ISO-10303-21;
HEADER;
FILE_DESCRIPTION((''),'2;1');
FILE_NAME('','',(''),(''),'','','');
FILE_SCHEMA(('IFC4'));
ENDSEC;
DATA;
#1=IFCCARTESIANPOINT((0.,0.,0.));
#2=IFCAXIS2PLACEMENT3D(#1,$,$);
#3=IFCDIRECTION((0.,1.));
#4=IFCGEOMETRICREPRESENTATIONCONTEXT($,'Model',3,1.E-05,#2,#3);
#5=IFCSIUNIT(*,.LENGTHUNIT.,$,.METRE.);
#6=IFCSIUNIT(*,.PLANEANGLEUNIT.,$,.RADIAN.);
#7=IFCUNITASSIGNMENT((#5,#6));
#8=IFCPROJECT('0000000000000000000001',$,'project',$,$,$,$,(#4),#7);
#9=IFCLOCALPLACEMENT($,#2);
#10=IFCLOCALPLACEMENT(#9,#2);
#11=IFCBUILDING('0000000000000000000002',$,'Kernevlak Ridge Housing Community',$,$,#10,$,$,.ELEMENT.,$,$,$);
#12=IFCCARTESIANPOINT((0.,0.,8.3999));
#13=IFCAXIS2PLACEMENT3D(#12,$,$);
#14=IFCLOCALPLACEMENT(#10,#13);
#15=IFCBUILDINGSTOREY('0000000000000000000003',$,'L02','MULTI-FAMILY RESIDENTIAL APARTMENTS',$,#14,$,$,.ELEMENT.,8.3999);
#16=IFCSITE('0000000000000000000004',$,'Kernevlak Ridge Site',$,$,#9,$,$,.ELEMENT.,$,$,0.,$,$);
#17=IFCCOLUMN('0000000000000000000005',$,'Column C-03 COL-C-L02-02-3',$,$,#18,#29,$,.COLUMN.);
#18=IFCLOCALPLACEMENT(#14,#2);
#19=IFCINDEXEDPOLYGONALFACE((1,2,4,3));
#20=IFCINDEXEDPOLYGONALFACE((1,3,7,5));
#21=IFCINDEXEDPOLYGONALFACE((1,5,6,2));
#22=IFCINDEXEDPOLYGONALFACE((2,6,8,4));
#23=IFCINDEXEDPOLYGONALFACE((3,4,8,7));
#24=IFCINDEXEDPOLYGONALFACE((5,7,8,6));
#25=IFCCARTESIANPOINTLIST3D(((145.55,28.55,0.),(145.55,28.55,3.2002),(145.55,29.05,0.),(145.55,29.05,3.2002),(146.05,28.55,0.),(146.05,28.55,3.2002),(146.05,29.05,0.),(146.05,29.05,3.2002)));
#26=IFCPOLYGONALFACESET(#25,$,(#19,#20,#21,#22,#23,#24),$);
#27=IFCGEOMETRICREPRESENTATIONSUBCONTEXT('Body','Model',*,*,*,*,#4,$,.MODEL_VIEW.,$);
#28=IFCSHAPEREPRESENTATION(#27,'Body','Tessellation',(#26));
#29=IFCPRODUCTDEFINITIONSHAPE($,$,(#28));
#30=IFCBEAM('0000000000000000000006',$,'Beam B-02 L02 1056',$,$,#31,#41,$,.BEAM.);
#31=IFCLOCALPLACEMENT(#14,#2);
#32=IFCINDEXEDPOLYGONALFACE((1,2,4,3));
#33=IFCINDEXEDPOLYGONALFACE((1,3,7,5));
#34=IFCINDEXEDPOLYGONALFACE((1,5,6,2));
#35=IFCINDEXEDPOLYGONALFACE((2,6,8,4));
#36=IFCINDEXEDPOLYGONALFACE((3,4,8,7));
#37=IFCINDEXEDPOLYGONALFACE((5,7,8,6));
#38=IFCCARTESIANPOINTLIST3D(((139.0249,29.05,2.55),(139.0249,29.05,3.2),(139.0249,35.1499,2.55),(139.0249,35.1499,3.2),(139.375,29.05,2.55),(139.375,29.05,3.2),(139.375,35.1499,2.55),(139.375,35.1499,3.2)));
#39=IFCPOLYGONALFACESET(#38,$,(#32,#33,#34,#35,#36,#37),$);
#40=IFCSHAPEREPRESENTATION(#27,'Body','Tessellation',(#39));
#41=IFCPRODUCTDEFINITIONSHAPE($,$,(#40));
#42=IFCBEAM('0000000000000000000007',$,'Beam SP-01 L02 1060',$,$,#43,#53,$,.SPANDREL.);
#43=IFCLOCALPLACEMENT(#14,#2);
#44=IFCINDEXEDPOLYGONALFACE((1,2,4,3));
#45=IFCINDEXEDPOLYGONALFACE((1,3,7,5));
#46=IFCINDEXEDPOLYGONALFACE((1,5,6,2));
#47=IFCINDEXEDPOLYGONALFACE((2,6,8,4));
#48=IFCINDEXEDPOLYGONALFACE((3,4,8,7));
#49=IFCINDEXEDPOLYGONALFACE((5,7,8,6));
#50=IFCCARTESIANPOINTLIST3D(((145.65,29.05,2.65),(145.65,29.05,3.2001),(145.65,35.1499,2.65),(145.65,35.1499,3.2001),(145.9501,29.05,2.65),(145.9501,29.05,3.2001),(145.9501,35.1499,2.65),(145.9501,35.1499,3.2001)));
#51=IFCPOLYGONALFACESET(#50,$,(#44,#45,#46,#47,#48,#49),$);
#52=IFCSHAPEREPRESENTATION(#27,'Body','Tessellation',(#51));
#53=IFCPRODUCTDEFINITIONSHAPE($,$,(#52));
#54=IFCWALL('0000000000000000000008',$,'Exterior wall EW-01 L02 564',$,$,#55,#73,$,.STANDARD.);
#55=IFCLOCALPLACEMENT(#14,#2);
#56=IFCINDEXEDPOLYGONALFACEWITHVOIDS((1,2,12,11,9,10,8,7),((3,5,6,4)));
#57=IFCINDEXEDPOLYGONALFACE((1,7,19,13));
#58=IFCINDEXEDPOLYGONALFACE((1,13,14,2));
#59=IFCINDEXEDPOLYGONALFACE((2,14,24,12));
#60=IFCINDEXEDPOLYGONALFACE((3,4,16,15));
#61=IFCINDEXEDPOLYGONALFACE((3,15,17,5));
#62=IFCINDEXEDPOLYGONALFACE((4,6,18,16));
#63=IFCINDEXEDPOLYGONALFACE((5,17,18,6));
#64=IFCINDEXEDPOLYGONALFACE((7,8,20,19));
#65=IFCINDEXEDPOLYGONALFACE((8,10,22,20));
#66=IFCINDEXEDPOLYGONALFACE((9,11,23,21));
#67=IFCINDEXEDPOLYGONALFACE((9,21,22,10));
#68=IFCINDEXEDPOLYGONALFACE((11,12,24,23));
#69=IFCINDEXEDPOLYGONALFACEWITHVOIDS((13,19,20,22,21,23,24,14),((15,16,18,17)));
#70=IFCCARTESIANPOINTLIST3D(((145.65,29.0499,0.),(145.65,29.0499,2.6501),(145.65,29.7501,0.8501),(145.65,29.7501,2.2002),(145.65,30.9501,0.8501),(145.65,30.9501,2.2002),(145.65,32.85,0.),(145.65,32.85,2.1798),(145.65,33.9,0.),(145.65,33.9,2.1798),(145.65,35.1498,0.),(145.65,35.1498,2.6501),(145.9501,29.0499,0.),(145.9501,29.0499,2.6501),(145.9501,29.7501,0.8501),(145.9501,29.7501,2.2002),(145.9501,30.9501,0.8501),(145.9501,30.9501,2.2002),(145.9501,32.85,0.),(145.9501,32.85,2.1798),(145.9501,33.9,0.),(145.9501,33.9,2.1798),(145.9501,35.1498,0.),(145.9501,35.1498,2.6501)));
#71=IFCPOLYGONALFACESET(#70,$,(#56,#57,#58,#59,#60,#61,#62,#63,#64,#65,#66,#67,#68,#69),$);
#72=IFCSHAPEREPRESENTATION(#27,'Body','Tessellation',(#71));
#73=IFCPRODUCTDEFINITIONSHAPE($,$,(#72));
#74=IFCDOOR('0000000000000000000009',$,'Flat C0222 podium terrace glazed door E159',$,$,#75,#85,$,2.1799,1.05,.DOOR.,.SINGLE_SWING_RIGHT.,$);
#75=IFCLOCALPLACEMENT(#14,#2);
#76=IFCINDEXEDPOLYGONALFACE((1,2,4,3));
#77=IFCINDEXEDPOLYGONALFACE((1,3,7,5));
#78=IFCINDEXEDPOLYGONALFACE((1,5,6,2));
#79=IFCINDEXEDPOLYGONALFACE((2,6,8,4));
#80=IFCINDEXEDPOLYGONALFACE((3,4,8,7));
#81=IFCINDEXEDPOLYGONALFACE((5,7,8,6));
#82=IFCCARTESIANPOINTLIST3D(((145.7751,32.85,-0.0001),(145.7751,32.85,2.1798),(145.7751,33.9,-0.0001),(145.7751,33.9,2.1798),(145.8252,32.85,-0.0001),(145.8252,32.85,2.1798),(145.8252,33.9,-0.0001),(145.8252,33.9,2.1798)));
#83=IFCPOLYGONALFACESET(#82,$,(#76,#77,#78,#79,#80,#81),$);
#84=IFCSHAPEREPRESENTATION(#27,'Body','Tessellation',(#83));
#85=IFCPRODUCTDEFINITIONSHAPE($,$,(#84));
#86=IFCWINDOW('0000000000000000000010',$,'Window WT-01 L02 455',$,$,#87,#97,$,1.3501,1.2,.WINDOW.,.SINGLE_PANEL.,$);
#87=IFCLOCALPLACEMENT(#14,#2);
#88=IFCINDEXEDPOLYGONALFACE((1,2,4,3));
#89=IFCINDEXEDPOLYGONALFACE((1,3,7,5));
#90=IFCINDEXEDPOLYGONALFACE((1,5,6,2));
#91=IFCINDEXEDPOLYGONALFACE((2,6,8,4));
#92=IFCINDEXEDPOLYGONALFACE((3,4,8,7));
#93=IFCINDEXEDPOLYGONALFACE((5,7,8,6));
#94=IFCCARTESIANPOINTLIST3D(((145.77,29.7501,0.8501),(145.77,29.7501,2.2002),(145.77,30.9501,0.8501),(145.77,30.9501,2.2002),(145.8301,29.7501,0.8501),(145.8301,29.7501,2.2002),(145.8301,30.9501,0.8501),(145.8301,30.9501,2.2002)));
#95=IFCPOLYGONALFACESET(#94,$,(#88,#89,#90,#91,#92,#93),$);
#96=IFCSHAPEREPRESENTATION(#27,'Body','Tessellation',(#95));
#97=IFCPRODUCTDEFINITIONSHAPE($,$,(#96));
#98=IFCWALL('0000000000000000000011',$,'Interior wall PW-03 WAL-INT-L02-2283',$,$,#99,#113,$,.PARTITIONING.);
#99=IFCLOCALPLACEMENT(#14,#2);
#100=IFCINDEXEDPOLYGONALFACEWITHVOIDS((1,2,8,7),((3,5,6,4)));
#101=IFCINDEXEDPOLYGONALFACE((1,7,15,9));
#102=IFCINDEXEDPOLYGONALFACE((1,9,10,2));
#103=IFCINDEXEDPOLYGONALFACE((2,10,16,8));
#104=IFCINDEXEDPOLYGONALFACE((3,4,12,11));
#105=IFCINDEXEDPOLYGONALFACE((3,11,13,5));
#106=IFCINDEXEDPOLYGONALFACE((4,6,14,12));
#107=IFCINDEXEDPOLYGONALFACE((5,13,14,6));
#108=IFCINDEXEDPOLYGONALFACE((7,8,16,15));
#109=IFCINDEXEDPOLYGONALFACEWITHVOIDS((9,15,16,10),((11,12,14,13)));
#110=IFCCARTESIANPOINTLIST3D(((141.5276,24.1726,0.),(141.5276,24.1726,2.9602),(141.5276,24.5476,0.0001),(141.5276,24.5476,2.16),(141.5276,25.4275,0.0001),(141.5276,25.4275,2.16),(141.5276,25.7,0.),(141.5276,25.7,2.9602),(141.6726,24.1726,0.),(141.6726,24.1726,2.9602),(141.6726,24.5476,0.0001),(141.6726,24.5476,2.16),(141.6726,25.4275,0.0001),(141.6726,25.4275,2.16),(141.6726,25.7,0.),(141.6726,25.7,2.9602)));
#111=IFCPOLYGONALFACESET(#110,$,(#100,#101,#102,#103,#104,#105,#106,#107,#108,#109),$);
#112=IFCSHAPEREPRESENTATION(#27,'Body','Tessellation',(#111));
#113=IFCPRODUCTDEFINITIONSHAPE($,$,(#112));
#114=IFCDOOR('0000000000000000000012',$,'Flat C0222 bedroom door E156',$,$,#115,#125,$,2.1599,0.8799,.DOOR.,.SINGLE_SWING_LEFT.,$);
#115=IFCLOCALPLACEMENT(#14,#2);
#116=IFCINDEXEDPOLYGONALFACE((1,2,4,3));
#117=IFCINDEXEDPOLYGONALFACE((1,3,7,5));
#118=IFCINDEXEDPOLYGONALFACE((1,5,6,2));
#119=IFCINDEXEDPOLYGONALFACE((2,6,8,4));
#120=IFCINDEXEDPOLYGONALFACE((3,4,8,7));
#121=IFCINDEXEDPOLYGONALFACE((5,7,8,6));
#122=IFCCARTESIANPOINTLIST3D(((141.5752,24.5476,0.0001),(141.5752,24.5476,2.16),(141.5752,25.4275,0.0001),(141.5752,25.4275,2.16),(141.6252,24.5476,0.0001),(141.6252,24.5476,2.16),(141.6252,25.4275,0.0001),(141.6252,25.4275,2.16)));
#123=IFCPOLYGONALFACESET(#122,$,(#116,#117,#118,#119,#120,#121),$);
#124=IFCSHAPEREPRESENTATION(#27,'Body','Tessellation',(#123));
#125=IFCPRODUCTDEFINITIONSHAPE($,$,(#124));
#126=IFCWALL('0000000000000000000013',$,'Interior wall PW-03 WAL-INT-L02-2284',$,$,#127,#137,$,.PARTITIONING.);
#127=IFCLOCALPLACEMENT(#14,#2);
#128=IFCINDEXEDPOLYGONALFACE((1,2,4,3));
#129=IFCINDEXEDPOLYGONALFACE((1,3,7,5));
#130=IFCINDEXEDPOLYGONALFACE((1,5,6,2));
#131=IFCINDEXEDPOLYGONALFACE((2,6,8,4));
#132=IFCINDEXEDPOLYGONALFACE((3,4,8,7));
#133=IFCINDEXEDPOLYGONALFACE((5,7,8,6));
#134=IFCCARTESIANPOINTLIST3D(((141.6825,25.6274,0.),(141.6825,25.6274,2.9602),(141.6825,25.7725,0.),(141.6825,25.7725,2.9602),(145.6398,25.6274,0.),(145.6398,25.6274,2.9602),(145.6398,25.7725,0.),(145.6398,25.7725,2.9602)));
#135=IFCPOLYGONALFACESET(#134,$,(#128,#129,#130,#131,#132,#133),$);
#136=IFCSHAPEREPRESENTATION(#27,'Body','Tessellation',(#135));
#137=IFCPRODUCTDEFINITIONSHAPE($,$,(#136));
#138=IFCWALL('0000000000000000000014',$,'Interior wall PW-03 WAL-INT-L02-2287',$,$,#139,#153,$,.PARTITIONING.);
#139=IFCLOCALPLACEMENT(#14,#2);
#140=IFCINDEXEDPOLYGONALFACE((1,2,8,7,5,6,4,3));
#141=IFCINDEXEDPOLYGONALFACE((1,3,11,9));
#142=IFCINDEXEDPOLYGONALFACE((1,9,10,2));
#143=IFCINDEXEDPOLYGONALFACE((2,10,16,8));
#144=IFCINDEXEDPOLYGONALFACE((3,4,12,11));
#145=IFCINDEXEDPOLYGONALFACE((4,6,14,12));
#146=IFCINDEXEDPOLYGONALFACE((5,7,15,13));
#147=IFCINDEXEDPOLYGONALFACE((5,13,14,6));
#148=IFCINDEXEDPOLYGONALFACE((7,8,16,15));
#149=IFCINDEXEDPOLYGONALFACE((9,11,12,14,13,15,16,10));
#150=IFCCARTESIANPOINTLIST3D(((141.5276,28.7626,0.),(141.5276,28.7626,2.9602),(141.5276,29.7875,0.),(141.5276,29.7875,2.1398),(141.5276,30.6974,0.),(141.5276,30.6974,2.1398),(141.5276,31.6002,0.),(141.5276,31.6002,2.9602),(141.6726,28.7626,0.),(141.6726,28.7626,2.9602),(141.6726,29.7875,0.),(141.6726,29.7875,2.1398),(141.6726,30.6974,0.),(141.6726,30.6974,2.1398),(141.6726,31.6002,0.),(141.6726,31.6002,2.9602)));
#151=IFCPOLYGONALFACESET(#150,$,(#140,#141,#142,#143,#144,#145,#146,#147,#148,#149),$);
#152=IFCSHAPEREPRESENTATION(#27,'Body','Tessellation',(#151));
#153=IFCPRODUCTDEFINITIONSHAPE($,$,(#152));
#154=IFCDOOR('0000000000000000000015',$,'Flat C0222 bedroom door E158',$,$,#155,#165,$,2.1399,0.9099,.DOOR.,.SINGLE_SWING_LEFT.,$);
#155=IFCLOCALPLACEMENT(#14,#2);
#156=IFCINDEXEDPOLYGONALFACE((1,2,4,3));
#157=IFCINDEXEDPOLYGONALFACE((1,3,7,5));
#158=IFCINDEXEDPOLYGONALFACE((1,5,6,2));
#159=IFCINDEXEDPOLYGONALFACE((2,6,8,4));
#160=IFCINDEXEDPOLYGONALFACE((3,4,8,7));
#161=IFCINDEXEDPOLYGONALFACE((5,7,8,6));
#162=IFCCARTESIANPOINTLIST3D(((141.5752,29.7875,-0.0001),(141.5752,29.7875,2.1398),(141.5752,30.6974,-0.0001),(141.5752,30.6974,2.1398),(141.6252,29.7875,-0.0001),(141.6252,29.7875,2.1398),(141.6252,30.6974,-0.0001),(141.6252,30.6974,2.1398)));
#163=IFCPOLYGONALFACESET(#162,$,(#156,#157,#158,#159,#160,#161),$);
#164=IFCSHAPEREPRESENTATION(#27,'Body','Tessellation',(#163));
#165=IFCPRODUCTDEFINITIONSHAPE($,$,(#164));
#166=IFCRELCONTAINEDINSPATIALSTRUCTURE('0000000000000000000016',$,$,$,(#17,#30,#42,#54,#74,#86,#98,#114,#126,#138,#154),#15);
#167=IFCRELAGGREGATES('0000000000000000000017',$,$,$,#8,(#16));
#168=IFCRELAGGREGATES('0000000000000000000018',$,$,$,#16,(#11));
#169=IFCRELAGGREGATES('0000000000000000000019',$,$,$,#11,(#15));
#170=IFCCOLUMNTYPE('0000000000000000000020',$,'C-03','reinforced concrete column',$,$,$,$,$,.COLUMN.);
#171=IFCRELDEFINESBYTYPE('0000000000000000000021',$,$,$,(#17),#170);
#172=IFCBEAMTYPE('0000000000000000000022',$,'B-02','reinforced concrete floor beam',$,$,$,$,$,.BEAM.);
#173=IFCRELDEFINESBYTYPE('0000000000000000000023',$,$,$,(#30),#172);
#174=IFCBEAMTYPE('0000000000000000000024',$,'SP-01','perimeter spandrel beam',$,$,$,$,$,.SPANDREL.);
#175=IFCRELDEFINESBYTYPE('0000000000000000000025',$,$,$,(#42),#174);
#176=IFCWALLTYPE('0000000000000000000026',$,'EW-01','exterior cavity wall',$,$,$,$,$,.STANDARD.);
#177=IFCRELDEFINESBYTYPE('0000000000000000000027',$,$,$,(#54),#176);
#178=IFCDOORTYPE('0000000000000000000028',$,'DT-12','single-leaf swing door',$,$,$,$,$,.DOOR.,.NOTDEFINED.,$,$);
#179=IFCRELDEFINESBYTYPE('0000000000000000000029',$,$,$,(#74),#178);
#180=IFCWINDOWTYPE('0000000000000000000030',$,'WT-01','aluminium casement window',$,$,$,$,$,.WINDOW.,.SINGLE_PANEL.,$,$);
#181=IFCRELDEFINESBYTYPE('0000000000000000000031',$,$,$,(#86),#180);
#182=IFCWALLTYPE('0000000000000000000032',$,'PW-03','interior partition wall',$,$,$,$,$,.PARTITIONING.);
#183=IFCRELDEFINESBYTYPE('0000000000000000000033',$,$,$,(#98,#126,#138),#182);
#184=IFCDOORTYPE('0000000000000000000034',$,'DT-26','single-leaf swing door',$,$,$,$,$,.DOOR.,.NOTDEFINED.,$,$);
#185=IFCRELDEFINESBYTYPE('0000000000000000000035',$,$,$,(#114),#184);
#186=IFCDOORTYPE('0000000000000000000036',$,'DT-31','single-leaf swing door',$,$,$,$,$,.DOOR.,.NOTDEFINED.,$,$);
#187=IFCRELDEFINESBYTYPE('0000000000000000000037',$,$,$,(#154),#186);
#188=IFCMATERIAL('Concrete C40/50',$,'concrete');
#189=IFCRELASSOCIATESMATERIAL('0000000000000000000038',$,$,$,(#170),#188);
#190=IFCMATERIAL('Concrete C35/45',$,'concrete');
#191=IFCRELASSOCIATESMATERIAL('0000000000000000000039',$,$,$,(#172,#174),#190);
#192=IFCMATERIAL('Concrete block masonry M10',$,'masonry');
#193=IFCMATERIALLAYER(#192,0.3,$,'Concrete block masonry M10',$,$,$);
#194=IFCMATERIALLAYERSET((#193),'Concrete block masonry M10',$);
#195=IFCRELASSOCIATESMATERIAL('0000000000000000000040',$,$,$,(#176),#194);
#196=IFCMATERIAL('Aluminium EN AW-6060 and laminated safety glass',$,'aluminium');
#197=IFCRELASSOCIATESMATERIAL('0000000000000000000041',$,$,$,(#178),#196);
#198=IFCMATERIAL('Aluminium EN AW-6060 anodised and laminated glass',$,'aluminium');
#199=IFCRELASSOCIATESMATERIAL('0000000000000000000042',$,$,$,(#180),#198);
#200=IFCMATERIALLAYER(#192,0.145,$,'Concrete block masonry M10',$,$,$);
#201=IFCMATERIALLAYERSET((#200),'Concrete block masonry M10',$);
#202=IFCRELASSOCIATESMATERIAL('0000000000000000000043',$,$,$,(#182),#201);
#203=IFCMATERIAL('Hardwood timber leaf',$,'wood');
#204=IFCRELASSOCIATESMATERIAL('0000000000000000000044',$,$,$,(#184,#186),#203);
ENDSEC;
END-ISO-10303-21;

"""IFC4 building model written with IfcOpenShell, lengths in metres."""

from ifc_helpers import new_model, si_unit, direction, frame, frame_2d, origin, origin_2d, place, context, subcontext, project, spatial, rectangle, extrude, material, layer, layer_set, material_profile, profile_set, type_object, element, fill, save


model = new_model("IFC4")

# Units and contexts
model_context = context("Model", 3, precision=1e-05, world=origin(), true_north=direction((0.0, 1.0)))
body_context = subcontext(model_context, "Body", "Model", "MODEL_VIEW")
ifc_project = project(units=[si_unit("LENGTHUNIT", "METRE"), si_unit("PLANEANGLEUNIT", "RADIAN")], contexts=[model_context])

# Site, building, storey
site_placement = place(None, origin())
site = spatial("IfcSite", under=ifc_project, at=site_placement, Name="Kernevlak Ridge Site", CompositionType="ELEMENT", RefElevation=0.0)
building_placement = place(site_placement, origin())
building = spatial("IfcBuilding", under=site, at=building_placement, Name="Kernevlak Ridge Housing Community", CompositionType="ELEMENT")
storey_placement = place(building_placement, frame((0.0, 0.0, 8.3999)))
storey = spatial("IfcBuildingStorey", under=building, at=storey_placement, Name="L02", Description="MULTI-FAMILY RESIDENTIAL APARTMENTS", CompositionType="ELEMENT", Elevation=8.3999)

# Column
ifc_material_1 = material(Name="Concrete C40/50", Category="concrete")
ifc_material_profile_1 = material_profile(ifc_material_1, rectangle(XDim=0.5, YDim=0.5, at=origin_2d()), Name="RC 500x500")
ifc_profile_set_1 = profile_set([ifc_material_profile_1], Name="Concrete C40/50")
column_type = type_object("IfcColumnType", Name="C-03", Description="reinforced concrete column", PredefinedType="COLUMN", material=ifc_profile_set_1)
column_placement = place(storey_placement, frame((145.8, 28.8, 0.0), z_axis=(0.0, 0.0, 1.0), x_axis=(1.0, 0.0, 0.0)))
element("IfcColumn", 1, at=column_placement, inside=storey, type_object=column_type, Name="Column C-03 COL-C-L02-02-3", PredefinedType="COLUMN", context=body_context, shape_type="SweptSolid", body=[
    extrude(rectangle(XDim=0.5, YDim=0.5, at=origin_2d()), origin(), (0.0, 0.0, 1.0), 3.2002),
])

# Beams
ifc_material_2 = material(Name="Concrete C35/45", Category="concrete")
ifc_material_profile_2 = material_profile(ifc_material_2, rectangle(XDim=0.3501, YDim=0.6499, at=origin_2d()), Name="RC 350x650")
ifc_profile_set_2 = profile_set([ifc_material_profile_2], Name="Concrete C35/45")
beam_type_1 = type_object("IfcBeamType", Name="B-02", Description="reinforced concrete floor beam", PredefinedType="BEAM", material=ifc_profile_set_2)
beam_1_placement = place(storey_placement, frame((139.2, 29.05, 2.875), z_axis=(0.0, 1.0, 0.0), x_axis=(-1.0, 0.0, 0.0)))
element("IfcBeam", 2, at=beam_1_placement, inside=storey, type_object=beam_type_1, Name="Beam B-02 L02 1056", PredefinedType="BEAM", context=body_context, shape_type="SweptSolid", body=[
    extrude(rectangle(XDim=0.3501, YDim=0.6499, at=origin_2d()), origin(), (0.0, 0.0, 1.0), 6.0999),
])
ifc_material_profile_3 = material_profile(ifc_material_2, rectangle(XDim=0.3, YDim=0.55, at=origin_2d()), Name="RC 300x550")
ifc_profile_set_3 = profile_set([ifc_material_profile_3], Name="Concrete C35/45")
beam_type_2 = type_object("IfcBeamType", Name="SP-01", Description="perimeter spandrel beam", PredefinedType="SPANDREL", material=ifc_profile_set_3)
beam_2_placement = place(storey_placement, frame((145.8, 29.05, 2.925), z_axis=(0.0, 1.0, 0.0), x_axis=(-1.0, 0.0, 0.0)))
element("IfcBeam", 3, at=beam_2_placement, inside=storey, type_object=beam_type_2, Name="Beam SP-01 L02 1060", PredefinedType="SPANDREL", context=body_context, shape_type="SweptSolid", body=[
    extrude(rectangle(XDim=0.3, YDim=0.55, at=origin_2d()), origin(), (0.0, 0.0, 1.0), 6.0999),
])

# Wall, openings, door, window
ifc_material_3 = material(Name="Concrete block masonry M10", Category="masonry")
ifc_layer_1 = layer(ifc_material_3, 0.3, Name="Concrete block masonry M10")
ifc_layer_set_1 = layer_set([ifc_layer_1], Name="Concrete block masonry M10")
wall_type_1 = type_object("IfcWallType", Name="EW-01", Description="exterior cavity wall", PredefinedType="STANDARD", material=ifc_layer_set_1)
wall_1_placement = place(storey_placement, frame((145.8, 29.05, 0.0), z_axis=(0.0, 0.0, 1.0), x_axis=(0.0, 1.0, 0.0)))
wall_1 = element("IfcWall", 4, at=wall_1_placement, inside=storey, type_object=wall_type_1, Name="Exterior wall EW-01 L02 564", PredefinedType="STANDARD", context=body_context, shape_type="SweptSolid", body=[
    extrude(rectangle(XDim=6.0999, YDim=0.3, at=frame_2d((3.0498, 0.0))), origin(), (0.0, 0.0, 1.0), 2.6501),
])
opening_1_placement = place(wall_1_placement, frame((0.7, 0.0, 0.8501)))
opening_1 = element("IfcOpeningElement", 5, at=opening_1_placement, cuts=wall_1, PredefinedType="OPENING", context=body_context, shape_type="SweptSolid", body=[
    extrude(rectangle(XDim=1.2, YDim=1.3501, at=frame_2d((0.6001, 0.675))), frame((0.0, 0.1599, 0.0), z_axis=(0.0, -1.0, 0.0), x_axis=(1.0, 0.0, 0.0)), (0.0, 0.0, 1.0), 0.3201),
])
opening_2_placement = place(wall_1_placement, frame((3.8, 0.0, 0.0)))
opening_2 = element("IfcOpeningElement", 6, at=opening_2_placement, cuts=wall_1, PredefinedType="OPENING", context=body_context, shape_type="SweptSolid", body=[
    extrude(rectangle(XDim=1.05, YDim=2.1799, at=frame_2d((0.5249, 1.0898))), frame((0.0, 0.1599, 0.0), z_axis=(0.0, -1.0, 0.0), x_axis=(1.0, 0.0, 0.0)), (0.0, 0.0, 1.0), 0.3201),
])
ifc_material_4 = material(Name="Aluminium EN AW-6060 and laminated safety glass", Category="aluminium")
door_type_1 = type_object("IfcDoorType", Name="DT-12", Description="single-leaf swing door", OperationType="NOTDEFINED", PredefinedType="DOOR", material=ifc_material_4)
door_1_placement = place(opening_2_placement, origin())
door_1 = element("IfcDoor", 7, at=door_1_placement, inside=storey, type_object=door_type_1, Name="Flat C0222 podium terrace glazed door E159", OperationType="SINGLE_SWING_RIGHT", OverallHeight=2.1799, OverallWidth=1.05, PredefinedType="DOOR", context=body_context, shape_type="SweptSolid", body=[
    extrude(rectangle(XDim=1.05, YDim=2.1799, at=frame_2d((0.5249, 1.0898))), frame((0.0, 0.0249, 0.0), z_axis=(0.0, -1.0, 0.0), x_axis=(1.0, 0.0, 0.0)), (0.0, 0.0, 1.0), 0.05),
])
fill(opening_2, door_1)
ifc_material_5 = material(Name="Aluminium EN AW-6060 anodised and laminated glass", Category="aluminium")
window_type = type_object("IfcWindowType", Name="WT-01", Description="aluminium casement window", PartitioningType="SINGLE_PANEL", PredefinedType="WINDOW", material=ifc_material_5)
window_placement = place(opening_1_placement, origin())
window = element("IfcWindow", 8, at=window_placement, inside=storey, type_object=window_type, Name="Window WT-01 L02 455", OverallHeight=1.3501, OverallWidth=1.2, PartitioningType="SINGLE_PANEL", PredefinedType="WINDOW", context=body_context, shape_type="SweptSolid", body=[
    extrude(rectangle(XDim=1.2, YDim=1.3501, at=frame_2d((0.6001, 0.675))), frame((0.0, 0.03, 0.0), z_axis=(0.0, -1.0, 0.0), x_axis=(1.0, 0.0, 0.0)), (0.0, 0.0, 1.0), 0.0601),
])
fill(opening_1, window)

# Wall, opening, door
ifc_layer_2 = layer(ifc_material_3, 0.145, Name="Concrete block masonry M10")
ifc_layer_set_2 = layer_set([ifc_layer_2], Name="Concrete block masonry M10")
wall_type_2 = type_object("IfcWallType", Name="PW-03", Description="interior partition wall", PredefinedType="PARTITIONING", material=ifc_layer_set_2)
wall_2_placement = place(storey_placement, frame((141.6001, 24.1726, 0.0), z_axis=(0.0, 0.0, 1.0), x_axis=(0.0, 1.0, 0.0)))
wall_2 = element("IfcWall", 9, at=wall_2_placement, inside=storey, type_object=wall_type_2, Name="Interior wall PW-03 WAL-INT-L02-2283", PredefinedType="PARTITIONING", context=body_context, shape_type="SweptSolid", body=[
    extrude(rectangle(XDim=1.5273, YDim=0.145, at=frame_2d((0.7637, 0.0))), origin(), (0.0, 0.0, 1.0), 2.9602),
])
opening_3_placement = place(wall_2_placement, frame((0.375, 0.0, 0.0)))
opening_3 = element("IfcOpeningElement", 10, at=opening_3_placement, cuts=wall_2, PredefinedType="OPENING", context=body_context, shape_type="SweptSolid", body=[
    extrude(rectangle(XDim=0.8799, YDim=2.1599, at=frame_2d((0.4399, 1.0801))), frame((0.0, 0.0825, 0.0), z_axis=(0.0, -1.0, 0.0), x_axis=(1.0, 0.0, 0.0)), (0.0, 0.0, 1.0), 0.165),
])
ifc_material_6 = material(Name="Hardwood timber leaf", Category="wood")
door_type_2 = type_object("IfcDoorType", Name="DT-26", Description="single-leaf swing door", OperationType="NOTDEFINED", PredefinedType="DOOR", material=ifc_material_6)
door_2_placement = place(opening_3_placement, origin())
door_2 = element("IfcDoor", 11, at=door_2_placement, inside=storey, type_object=door_type_2, Name="Flat C0222 bedroom door E156", OperationType="SINGLE_SWING_LEFT", OverallHeight=2.1599, OverallWidth=0.8799, PredefinedType="DOOR", context=body_context, shape_type="SweptSolid", body=[
    extrude(rectangle(XDim=0.8799, YDim=2.1599, at=frame_2d((0.4399, 1.0801))), frame((0.0, 0.0249, 0.0), z_axis=(0.0, -1.0, 0.0), x_axis=(1.0, 0.0, 0.0)), (0.0, 0.0, 1.0), 0.05),
])
fill(opening_3, door_2)

# Wall
wall_3_placement = place(storey_placement, frame((141.6826, 25.7, 0.0), z_axis=(0.0, 0.0, 1.0), x_axis=(1.0, 0.0, 0.0)))
element("IfcWall", 12, at=wall_3_placement, inside=storey, type_object=wall_type_2, Name="Interior wall PW-03 WAL-INT-L02-2284", PredefinedType="PARTITIONING", context=body_context, shape_type="SweptSolid", body=[
    extrude(rectangle(XDim=3.9573, YDim=0.145, at=frame_2d((1.9785, 0.0))), origin(), (0.0, 0.0, 1.0), 2.9602),
])

# Wall, opening, door
wall_4_placement = place(storey_placement, frame((141.6001, 28.7625, 0.0), z_axis=(0.0, 0.0, 1.0), x_axis=(0.0, 1.0, 0.0)))
wall_4 = element("IfcWall", 13, at=wall_4_placement, inside=storey, type_object=wall_type_2, Name="Interior wall PW-03 WAL-INT-L02-2287", PredefinedType="PARTITIONING", context=body_context, shape_type="SweptSolid", body=[
    extrude(rectangle(XDim=2.8376, YDim=0.145, at=frame_2d((1.4189, 0.0))), origin(), (0.0, 0.0, 1.0), 2.9602),
])
opening_4_placement = place(wall_4_placement, frame((1.0249, 0.0, 0.0)))
opening_4 = element("IfcOpeningElement", 14, at=opening_4_placement, cuts=wall_4, PredefinedType="OPENING", context=body_context, shape_type="SweptSolid", body=[
    extrude(rectangle(XDim=0.9099, YDim=2.1399, at=frame_2d((0.4551, 1.0698))), frame((0.0, 0.0825, 0.0), z_axis=(0.0, -1.0, 0.0), x_axis=(1.0, 0.0, 0.0)), (0.0, 0.0, 1.0), 0.165),
])
door_type_3 = type_object("IfcDoorType", Name="DT-31", Description="single-leaf swing door", OperationType="NOTDEFINED", PredefinedType="DOOR", material=ifc_material_6)
door_3_placement = place(opening_4_placement, origin())
door_3 = element("IfcDoor", 15, at=door_3_placement, inside=storey, type_object=door_type_3, Name="Flat C0222 bedroom door E158", OperationType="SINGLE_SWING_LEFT", OverallHeight=2.1399, OverallWidth=0.9099, PredefinedType="DOOR", context=body_context, shape_type="SweptSolid", body=[
    extrude(rectangle(XDim=0.9099, YDim=2.1399, at=frame_2d((0.4551, 1.0698))), frame((0.0, 0.0249, 0.0), z_axis=(0.0, -1.0, 0.0), x_axis=(1.0, 0.0, 0.0)), (0.0, 0.0, 1.0), 0.05),
])
fill(opening_4, door_3)

save(model, "model.ifc")
